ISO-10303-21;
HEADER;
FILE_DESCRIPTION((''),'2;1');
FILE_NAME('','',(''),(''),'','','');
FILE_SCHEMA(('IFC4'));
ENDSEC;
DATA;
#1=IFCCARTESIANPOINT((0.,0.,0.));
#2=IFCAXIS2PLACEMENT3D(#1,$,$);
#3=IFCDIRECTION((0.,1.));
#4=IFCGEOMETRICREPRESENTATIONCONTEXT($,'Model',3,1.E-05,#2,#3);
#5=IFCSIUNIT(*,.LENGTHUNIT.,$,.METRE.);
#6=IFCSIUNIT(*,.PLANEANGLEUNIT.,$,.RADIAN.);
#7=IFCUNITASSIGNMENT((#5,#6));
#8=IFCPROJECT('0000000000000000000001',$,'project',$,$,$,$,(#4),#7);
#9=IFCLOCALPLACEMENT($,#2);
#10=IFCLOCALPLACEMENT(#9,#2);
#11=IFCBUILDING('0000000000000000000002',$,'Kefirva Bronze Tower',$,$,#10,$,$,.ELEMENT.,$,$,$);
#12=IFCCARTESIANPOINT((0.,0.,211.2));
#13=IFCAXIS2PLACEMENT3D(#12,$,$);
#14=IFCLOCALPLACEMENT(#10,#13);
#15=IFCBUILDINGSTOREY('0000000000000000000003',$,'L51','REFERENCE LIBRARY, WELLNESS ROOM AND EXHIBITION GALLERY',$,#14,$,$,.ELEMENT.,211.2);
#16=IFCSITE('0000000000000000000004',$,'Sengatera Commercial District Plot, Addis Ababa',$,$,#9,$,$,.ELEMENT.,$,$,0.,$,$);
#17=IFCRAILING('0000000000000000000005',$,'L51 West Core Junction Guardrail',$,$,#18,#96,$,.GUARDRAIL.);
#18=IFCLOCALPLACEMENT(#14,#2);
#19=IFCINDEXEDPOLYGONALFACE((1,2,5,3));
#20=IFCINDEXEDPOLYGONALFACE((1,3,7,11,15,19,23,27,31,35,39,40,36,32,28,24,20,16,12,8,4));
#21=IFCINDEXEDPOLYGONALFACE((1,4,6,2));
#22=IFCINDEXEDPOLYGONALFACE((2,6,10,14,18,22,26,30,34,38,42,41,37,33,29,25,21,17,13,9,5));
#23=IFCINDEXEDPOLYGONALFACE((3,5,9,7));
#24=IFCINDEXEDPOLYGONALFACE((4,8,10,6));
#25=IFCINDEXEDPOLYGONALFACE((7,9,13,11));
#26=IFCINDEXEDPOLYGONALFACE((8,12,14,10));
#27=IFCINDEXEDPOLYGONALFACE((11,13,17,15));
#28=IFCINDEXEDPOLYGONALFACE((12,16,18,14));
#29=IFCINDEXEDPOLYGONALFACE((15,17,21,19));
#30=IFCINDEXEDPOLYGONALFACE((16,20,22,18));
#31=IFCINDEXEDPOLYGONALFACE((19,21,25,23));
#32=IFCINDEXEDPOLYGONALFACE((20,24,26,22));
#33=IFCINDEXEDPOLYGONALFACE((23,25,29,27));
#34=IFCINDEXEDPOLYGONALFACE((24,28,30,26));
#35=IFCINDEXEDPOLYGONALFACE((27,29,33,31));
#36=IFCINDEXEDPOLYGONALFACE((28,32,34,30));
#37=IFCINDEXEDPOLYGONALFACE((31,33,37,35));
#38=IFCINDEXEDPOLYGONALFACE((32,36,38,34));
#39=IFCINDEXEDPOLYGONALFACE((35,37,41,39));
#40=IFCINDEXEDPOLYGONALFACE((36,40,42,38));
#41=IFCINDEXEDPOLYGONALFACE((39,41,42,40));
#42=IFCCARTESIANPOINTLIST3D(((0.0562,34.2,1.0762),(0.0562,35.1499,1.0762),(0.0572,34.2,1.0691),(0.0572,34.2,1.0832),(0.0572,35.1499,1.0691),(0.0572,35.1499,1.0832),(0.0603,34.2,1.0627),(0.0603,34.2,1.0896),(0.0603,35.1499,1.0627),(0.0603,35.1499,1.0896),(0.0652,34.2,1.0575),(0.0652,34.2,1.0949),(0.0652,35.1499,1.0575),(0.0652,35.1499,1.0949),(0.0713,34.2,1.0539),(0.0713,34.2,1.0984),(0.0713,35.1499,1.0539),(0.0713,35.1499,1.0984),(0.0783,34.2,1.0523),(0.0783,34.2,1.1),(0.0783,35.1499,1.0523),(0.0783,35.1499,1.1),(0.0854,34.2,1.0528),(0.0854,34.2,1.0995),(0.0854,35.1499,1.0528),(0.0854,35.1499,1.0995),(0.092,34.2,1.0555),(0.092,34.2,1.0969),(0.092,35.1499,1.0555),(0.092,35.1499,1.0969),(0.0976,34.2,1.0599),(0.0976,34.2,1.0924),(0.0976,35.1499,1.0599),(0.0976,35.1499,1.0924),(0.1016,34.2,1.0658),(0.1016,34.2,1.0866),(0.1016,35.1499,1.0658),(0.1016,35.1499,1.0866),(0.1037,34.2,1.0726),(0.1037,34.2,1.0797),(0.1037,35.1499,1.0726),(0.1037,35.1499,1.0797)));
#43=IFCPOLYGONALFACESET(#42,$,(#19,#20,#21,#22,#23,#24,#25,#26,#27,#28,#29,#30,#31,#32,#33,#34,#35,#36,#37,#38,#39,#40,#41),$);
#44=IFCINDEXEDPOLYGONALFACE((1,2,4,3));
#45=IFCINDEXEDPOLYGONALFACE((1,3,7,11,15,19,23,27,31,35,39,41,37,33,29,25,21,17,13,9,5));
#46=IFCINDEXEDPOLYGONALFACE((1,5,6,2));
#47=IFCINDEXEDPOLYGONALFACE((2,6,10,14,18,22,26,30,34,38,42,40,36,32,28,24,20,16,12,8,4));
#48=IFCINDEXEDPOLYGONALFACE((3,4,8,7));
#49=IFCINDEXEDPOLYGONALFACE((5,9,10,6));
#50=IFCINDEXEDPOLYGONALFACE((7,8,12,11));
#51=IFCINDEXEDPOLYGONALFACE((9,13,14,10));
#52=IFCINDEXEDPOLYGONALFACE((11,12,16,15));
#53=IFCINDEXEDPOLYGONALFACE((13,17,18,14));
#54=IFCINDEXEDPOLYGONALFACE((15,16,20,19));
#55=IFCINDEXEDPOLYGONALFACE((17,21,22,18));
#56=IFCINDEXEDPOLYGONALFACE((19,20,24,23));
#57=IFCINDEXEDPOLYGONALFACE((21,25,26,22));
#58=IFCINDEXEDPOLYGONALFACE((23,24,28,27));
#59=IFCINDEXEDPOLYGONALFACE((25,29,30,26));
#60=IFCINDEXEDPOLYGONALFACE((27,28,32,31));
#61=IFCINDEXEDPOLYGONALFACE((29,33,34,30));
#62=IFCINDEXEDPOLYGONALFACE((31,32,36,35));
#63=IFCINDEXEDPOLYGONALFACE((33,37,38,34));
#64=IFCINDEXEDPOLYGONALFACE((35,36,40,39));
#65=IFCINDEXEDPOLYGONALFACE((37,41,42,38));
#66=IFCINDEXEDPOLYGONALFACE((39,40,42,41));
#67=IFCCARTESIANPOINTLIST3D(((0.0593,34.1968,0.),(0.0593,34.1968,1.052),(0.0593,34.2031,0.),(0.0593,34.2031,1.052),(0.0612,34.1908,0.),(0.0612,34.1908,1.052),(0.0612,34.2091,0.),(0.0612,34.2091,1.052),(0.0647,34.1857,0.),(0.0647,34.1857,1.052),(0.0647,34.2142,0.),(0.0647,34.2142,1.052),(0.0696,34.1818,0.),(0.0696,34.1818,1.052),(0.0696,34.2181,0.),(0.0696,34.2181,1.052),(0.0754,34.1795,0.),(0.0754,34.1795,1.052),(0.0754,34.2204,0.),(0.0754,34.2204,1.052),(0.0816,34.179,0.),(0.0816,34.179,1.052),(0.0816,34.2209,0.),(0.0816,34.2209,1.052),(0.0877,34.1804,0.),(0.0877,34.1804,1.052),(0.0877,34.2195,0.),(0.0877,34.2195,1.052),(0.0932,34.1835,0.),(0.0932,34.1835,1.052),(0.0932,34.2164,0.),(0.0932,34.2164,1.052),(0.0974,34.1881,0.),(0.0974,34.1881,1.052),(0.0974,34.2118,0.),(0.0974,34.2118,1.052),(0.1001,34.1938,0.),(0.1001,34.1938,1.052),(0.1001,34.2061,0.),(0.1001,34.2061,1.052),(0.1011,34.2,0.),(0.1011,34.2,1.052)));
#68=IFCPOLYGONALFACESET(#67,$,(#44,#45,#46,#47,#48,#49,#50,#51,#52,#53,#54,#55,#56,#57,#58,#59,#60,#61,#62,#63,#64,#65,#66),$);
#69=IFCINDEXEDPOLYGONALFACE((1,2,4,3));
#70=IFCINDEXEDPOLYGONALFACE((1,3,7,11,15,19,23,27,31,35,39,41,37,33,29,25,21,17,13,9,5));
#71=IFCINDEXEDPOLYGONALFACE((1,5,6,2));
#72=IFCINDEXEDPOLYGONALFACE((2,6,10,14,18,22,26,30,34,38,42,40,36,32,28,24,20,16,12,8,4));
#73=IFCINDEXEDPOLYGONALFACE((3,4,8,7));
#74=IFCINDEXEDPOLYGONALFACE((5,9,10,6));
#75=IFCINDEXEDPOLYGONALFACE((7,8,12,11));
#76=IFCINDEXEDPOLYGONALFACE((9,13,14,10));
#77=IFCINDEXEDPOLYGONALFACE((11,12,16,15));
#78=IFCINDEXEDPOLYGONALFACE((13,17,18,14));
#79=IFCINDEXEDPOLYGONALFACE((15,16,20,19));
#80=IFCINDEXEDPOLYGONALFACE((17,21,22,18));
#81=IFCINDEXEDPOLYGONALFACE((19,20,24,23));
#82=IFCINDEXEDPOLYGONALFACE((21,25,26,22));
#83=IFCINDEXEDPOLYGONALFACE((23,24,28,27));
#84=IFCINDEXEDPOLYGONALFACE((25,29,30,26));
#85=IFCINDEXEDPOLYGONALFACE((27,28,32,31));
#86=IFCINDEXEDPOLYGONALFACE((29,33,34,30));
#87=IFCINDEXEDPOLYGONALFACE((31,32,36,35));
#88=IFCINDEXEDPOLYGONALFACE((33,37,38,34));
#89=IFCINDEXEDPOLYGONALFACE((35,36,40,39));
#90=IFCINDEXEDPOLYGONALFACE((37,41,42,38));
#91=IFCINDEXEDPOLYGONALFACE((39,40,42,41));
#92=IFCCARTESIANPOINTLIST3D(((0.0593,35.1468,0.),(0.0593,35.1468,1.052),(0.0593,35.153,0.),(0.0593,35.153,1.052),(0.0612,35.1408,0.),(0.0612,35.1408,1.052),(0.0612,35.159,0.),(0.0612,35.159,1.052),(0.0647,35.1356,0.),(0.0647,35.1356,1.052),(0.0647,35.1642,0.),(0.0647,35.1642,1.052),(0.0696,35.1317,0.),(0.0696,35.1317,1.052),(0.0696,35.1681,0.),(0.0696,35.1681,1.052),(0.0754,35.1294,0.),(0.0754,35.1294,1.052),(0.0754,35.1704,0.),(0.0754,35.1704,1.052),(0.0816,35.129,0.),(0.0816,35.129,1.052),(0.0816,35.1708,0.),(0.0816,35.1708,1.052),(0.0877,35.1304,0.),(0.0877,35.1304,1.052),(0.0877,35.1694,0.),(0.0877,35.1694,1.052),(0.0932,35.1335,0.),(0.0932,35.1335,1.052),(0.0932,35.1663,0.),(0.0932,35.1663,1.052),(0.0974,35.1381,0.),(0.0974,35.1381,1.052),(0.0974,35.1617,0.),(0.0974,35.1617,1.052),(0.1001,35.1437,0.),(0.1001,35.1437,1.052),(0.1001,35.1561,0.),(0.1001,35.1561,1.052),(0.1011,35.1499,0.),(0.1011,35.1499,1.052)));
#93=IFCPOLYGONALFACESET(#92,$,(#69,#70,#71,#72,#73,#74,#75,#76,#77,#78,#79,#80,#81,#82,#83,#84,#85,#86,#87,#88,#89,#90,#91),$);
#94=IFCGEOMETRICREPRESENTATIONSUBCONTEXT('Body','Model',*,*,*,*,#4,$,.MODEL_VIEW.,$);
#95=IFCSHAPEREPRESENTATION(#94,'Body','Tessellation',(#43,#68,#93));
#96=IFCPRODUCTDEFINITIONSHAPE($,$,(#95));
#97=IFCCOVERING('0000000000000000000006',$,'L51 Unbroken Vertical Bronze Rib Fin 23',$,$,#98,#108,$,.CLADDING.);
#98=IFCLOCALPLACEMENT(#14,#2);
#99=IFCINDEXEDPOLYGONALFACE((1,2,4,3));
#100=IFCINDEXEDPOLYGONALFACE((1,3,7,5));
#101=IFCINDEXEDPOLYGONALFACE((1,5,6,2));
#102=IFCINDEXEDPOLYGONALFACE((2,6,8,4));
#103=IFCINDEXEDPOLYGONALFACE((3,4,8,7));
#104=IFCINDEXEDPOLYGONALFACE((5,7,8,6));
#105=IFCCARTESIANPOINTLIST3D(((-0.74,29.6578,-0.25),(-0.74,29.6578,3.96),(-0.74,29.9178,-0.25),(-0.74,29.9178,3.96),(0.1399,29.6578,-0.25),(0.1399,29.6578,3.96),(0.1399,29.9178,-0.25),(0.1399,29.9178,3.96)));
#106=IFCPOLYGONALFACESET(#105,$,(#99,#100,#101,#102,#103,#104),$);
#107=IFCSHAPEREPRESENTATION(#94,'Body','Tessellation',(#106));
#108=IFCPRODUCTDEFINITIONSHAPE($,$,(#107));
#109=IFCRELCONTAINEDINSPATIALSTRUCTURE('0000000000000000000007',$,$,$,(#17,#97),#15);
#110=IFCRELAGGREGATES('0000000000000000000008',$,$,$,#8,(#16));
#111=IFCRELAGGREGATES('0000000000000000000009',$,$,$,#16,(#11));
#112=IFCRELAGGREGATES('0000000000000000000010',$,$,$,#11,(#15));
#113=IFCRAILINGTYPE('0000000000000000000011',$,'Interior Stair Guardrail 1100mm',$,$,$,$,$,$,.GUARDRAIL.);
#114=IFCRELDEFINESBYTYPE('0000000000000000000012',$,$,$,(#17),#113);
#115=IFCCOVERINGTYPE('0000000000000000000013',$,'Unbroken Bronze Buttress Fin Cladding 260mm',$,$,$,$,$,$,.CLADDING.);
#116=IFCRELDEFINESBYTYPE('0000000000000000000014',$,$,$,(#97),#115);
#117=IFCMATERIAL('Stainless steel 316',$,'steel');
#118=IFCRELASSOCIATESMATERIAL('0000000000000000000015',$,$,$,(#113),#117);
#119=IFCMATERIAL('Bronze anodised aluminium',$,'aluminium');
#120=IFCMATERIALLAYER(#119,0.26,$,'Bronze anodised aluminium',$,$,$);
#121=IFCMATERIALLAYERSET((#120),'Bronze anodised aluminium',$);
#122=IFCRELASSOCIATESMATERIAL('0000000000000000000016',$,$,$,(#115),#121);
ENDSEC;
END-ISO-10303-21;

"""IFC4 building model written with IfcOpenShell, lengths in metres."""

from ifc_helpers import new_model, si_unit, direction, frame, origin, origin_2d, place, context, subcontext, project, spatial, rectangle, circle, extrude, material, layer, layer_set, type_object, element, save


model = new_model("IFC4")

# Units and contexts
model_context = context("Model", 3, precision=1e-05, world=origin(), true_north=direction((0.0, 1.0)))
body_context = subcontext(model_context, "Body", "Model", "MODEL_VIEW")
ifc_project = project(units=[si_unit("LENGTHUNIT", "METRE"), si_unit("PLANEANGLEUNIT", "RADIAN")], contexts=[model_context])

# Site, building, storey
site_placement = place(None, origin())
site = spatial("IfcSite", under=ifc_project, at=site_placement, Name="Sengatera Commercial District Plot, Addis Ababa", CompositionType="ELEMENT", RefElevation=0.0)
building_placement = place(site_placement, origin())
building = spatial("IfcBuilding", under=site, at=building_placement, Name="Kefirva Bronze Tower", CompositionType="ELEMENT")
storey_placement = place(building_placement, frame((0.0, 0.0, 211.2)))
storey = spatial("IfcBuildingStorey", under=building, at=storey_placement, Name="L51", Description="REFERENCE LIBRARY, WELLNESS ROOM AND EXHIBITION GALLERY", CompositionType="ELEMENT", Elevation=211.2)

# Shared definitions
ifc_material_1 = material(Name="Bronze anodised aluminium", Category="aluminium")

# Railing
ifc_material_2 = material(Name="Stainless steel 316", Category="steel")
railing_type = type_object("IfcRailingType", Name="Interior Stair Guardrail 1100mm", PredefinedType="GUARDRAIL", material=ifc_material_2)
railing_placement = place(storey_placement, frame((0.0801, 34.2, 0.0)))
element("IfcRailing", 1, at=railing_placement, inside=storey, type_object=railing_type, Name="L51 West Core Junction Guardrail", PredefinedType="GUARDRAIL", context=body_context, shape_type="SweptSolid", body=[
    extrude(circle(Radius=0.0239, at=origin_2d()), frame((0.0, 0.0, 1.0762), z_axis=(0.0, 1.0, 0.0), x_axis=(-1.0, 0.0, 0.0)), (0.0, 0.0, 1.0), 0.95),
    extrude(circle(Radius=0.021, at=origin_2d()), origin(), (0.0, 0.0, 1.0), 1.052),
    extrude(circle(Radius=0.021, at=origin_2d()), frame((0.0, 0.95, 0.0)), (0.0, 0.0, 1.0), 1.052),
])

# Covering
ifc_layer_1 = layer(ifc_material_1, 0.26, Name="Bronze anodised aluminium")
ifc_layer_set_1 = layer_set([ifc_layer_1], Name="Bronze anodised aluminium")
covering_type = type_object("IfcCoveringType", Name="Unbroken Bronze Buttress Fin Cladding 260mm", PredefinedType="CLADDING", material=ifc_layer_set_1)
covering_placement = place(storey_placement, frame((-0.3, 29.7878, -0.25), z_axis=(0.0, 0.0, 1.0), x_axis=(0.0, -1.0, 0.0)))
element("IfcCovering", 2, at=covering_placement, inside=storey, type_object=covering_type, Name="L51 Unbroken Vertical Bronze Rib Fin 23", PredefinedType="CLADDING", context=body_context, shape_type="SweptSolid", body=[
    extrude(rectangle(XDim=0.26, YDim=0.8799, at=origin_2d()), origin(), (0.0, 0.0, 1.0), 4.21),
])

save(model, "model.ifc")
